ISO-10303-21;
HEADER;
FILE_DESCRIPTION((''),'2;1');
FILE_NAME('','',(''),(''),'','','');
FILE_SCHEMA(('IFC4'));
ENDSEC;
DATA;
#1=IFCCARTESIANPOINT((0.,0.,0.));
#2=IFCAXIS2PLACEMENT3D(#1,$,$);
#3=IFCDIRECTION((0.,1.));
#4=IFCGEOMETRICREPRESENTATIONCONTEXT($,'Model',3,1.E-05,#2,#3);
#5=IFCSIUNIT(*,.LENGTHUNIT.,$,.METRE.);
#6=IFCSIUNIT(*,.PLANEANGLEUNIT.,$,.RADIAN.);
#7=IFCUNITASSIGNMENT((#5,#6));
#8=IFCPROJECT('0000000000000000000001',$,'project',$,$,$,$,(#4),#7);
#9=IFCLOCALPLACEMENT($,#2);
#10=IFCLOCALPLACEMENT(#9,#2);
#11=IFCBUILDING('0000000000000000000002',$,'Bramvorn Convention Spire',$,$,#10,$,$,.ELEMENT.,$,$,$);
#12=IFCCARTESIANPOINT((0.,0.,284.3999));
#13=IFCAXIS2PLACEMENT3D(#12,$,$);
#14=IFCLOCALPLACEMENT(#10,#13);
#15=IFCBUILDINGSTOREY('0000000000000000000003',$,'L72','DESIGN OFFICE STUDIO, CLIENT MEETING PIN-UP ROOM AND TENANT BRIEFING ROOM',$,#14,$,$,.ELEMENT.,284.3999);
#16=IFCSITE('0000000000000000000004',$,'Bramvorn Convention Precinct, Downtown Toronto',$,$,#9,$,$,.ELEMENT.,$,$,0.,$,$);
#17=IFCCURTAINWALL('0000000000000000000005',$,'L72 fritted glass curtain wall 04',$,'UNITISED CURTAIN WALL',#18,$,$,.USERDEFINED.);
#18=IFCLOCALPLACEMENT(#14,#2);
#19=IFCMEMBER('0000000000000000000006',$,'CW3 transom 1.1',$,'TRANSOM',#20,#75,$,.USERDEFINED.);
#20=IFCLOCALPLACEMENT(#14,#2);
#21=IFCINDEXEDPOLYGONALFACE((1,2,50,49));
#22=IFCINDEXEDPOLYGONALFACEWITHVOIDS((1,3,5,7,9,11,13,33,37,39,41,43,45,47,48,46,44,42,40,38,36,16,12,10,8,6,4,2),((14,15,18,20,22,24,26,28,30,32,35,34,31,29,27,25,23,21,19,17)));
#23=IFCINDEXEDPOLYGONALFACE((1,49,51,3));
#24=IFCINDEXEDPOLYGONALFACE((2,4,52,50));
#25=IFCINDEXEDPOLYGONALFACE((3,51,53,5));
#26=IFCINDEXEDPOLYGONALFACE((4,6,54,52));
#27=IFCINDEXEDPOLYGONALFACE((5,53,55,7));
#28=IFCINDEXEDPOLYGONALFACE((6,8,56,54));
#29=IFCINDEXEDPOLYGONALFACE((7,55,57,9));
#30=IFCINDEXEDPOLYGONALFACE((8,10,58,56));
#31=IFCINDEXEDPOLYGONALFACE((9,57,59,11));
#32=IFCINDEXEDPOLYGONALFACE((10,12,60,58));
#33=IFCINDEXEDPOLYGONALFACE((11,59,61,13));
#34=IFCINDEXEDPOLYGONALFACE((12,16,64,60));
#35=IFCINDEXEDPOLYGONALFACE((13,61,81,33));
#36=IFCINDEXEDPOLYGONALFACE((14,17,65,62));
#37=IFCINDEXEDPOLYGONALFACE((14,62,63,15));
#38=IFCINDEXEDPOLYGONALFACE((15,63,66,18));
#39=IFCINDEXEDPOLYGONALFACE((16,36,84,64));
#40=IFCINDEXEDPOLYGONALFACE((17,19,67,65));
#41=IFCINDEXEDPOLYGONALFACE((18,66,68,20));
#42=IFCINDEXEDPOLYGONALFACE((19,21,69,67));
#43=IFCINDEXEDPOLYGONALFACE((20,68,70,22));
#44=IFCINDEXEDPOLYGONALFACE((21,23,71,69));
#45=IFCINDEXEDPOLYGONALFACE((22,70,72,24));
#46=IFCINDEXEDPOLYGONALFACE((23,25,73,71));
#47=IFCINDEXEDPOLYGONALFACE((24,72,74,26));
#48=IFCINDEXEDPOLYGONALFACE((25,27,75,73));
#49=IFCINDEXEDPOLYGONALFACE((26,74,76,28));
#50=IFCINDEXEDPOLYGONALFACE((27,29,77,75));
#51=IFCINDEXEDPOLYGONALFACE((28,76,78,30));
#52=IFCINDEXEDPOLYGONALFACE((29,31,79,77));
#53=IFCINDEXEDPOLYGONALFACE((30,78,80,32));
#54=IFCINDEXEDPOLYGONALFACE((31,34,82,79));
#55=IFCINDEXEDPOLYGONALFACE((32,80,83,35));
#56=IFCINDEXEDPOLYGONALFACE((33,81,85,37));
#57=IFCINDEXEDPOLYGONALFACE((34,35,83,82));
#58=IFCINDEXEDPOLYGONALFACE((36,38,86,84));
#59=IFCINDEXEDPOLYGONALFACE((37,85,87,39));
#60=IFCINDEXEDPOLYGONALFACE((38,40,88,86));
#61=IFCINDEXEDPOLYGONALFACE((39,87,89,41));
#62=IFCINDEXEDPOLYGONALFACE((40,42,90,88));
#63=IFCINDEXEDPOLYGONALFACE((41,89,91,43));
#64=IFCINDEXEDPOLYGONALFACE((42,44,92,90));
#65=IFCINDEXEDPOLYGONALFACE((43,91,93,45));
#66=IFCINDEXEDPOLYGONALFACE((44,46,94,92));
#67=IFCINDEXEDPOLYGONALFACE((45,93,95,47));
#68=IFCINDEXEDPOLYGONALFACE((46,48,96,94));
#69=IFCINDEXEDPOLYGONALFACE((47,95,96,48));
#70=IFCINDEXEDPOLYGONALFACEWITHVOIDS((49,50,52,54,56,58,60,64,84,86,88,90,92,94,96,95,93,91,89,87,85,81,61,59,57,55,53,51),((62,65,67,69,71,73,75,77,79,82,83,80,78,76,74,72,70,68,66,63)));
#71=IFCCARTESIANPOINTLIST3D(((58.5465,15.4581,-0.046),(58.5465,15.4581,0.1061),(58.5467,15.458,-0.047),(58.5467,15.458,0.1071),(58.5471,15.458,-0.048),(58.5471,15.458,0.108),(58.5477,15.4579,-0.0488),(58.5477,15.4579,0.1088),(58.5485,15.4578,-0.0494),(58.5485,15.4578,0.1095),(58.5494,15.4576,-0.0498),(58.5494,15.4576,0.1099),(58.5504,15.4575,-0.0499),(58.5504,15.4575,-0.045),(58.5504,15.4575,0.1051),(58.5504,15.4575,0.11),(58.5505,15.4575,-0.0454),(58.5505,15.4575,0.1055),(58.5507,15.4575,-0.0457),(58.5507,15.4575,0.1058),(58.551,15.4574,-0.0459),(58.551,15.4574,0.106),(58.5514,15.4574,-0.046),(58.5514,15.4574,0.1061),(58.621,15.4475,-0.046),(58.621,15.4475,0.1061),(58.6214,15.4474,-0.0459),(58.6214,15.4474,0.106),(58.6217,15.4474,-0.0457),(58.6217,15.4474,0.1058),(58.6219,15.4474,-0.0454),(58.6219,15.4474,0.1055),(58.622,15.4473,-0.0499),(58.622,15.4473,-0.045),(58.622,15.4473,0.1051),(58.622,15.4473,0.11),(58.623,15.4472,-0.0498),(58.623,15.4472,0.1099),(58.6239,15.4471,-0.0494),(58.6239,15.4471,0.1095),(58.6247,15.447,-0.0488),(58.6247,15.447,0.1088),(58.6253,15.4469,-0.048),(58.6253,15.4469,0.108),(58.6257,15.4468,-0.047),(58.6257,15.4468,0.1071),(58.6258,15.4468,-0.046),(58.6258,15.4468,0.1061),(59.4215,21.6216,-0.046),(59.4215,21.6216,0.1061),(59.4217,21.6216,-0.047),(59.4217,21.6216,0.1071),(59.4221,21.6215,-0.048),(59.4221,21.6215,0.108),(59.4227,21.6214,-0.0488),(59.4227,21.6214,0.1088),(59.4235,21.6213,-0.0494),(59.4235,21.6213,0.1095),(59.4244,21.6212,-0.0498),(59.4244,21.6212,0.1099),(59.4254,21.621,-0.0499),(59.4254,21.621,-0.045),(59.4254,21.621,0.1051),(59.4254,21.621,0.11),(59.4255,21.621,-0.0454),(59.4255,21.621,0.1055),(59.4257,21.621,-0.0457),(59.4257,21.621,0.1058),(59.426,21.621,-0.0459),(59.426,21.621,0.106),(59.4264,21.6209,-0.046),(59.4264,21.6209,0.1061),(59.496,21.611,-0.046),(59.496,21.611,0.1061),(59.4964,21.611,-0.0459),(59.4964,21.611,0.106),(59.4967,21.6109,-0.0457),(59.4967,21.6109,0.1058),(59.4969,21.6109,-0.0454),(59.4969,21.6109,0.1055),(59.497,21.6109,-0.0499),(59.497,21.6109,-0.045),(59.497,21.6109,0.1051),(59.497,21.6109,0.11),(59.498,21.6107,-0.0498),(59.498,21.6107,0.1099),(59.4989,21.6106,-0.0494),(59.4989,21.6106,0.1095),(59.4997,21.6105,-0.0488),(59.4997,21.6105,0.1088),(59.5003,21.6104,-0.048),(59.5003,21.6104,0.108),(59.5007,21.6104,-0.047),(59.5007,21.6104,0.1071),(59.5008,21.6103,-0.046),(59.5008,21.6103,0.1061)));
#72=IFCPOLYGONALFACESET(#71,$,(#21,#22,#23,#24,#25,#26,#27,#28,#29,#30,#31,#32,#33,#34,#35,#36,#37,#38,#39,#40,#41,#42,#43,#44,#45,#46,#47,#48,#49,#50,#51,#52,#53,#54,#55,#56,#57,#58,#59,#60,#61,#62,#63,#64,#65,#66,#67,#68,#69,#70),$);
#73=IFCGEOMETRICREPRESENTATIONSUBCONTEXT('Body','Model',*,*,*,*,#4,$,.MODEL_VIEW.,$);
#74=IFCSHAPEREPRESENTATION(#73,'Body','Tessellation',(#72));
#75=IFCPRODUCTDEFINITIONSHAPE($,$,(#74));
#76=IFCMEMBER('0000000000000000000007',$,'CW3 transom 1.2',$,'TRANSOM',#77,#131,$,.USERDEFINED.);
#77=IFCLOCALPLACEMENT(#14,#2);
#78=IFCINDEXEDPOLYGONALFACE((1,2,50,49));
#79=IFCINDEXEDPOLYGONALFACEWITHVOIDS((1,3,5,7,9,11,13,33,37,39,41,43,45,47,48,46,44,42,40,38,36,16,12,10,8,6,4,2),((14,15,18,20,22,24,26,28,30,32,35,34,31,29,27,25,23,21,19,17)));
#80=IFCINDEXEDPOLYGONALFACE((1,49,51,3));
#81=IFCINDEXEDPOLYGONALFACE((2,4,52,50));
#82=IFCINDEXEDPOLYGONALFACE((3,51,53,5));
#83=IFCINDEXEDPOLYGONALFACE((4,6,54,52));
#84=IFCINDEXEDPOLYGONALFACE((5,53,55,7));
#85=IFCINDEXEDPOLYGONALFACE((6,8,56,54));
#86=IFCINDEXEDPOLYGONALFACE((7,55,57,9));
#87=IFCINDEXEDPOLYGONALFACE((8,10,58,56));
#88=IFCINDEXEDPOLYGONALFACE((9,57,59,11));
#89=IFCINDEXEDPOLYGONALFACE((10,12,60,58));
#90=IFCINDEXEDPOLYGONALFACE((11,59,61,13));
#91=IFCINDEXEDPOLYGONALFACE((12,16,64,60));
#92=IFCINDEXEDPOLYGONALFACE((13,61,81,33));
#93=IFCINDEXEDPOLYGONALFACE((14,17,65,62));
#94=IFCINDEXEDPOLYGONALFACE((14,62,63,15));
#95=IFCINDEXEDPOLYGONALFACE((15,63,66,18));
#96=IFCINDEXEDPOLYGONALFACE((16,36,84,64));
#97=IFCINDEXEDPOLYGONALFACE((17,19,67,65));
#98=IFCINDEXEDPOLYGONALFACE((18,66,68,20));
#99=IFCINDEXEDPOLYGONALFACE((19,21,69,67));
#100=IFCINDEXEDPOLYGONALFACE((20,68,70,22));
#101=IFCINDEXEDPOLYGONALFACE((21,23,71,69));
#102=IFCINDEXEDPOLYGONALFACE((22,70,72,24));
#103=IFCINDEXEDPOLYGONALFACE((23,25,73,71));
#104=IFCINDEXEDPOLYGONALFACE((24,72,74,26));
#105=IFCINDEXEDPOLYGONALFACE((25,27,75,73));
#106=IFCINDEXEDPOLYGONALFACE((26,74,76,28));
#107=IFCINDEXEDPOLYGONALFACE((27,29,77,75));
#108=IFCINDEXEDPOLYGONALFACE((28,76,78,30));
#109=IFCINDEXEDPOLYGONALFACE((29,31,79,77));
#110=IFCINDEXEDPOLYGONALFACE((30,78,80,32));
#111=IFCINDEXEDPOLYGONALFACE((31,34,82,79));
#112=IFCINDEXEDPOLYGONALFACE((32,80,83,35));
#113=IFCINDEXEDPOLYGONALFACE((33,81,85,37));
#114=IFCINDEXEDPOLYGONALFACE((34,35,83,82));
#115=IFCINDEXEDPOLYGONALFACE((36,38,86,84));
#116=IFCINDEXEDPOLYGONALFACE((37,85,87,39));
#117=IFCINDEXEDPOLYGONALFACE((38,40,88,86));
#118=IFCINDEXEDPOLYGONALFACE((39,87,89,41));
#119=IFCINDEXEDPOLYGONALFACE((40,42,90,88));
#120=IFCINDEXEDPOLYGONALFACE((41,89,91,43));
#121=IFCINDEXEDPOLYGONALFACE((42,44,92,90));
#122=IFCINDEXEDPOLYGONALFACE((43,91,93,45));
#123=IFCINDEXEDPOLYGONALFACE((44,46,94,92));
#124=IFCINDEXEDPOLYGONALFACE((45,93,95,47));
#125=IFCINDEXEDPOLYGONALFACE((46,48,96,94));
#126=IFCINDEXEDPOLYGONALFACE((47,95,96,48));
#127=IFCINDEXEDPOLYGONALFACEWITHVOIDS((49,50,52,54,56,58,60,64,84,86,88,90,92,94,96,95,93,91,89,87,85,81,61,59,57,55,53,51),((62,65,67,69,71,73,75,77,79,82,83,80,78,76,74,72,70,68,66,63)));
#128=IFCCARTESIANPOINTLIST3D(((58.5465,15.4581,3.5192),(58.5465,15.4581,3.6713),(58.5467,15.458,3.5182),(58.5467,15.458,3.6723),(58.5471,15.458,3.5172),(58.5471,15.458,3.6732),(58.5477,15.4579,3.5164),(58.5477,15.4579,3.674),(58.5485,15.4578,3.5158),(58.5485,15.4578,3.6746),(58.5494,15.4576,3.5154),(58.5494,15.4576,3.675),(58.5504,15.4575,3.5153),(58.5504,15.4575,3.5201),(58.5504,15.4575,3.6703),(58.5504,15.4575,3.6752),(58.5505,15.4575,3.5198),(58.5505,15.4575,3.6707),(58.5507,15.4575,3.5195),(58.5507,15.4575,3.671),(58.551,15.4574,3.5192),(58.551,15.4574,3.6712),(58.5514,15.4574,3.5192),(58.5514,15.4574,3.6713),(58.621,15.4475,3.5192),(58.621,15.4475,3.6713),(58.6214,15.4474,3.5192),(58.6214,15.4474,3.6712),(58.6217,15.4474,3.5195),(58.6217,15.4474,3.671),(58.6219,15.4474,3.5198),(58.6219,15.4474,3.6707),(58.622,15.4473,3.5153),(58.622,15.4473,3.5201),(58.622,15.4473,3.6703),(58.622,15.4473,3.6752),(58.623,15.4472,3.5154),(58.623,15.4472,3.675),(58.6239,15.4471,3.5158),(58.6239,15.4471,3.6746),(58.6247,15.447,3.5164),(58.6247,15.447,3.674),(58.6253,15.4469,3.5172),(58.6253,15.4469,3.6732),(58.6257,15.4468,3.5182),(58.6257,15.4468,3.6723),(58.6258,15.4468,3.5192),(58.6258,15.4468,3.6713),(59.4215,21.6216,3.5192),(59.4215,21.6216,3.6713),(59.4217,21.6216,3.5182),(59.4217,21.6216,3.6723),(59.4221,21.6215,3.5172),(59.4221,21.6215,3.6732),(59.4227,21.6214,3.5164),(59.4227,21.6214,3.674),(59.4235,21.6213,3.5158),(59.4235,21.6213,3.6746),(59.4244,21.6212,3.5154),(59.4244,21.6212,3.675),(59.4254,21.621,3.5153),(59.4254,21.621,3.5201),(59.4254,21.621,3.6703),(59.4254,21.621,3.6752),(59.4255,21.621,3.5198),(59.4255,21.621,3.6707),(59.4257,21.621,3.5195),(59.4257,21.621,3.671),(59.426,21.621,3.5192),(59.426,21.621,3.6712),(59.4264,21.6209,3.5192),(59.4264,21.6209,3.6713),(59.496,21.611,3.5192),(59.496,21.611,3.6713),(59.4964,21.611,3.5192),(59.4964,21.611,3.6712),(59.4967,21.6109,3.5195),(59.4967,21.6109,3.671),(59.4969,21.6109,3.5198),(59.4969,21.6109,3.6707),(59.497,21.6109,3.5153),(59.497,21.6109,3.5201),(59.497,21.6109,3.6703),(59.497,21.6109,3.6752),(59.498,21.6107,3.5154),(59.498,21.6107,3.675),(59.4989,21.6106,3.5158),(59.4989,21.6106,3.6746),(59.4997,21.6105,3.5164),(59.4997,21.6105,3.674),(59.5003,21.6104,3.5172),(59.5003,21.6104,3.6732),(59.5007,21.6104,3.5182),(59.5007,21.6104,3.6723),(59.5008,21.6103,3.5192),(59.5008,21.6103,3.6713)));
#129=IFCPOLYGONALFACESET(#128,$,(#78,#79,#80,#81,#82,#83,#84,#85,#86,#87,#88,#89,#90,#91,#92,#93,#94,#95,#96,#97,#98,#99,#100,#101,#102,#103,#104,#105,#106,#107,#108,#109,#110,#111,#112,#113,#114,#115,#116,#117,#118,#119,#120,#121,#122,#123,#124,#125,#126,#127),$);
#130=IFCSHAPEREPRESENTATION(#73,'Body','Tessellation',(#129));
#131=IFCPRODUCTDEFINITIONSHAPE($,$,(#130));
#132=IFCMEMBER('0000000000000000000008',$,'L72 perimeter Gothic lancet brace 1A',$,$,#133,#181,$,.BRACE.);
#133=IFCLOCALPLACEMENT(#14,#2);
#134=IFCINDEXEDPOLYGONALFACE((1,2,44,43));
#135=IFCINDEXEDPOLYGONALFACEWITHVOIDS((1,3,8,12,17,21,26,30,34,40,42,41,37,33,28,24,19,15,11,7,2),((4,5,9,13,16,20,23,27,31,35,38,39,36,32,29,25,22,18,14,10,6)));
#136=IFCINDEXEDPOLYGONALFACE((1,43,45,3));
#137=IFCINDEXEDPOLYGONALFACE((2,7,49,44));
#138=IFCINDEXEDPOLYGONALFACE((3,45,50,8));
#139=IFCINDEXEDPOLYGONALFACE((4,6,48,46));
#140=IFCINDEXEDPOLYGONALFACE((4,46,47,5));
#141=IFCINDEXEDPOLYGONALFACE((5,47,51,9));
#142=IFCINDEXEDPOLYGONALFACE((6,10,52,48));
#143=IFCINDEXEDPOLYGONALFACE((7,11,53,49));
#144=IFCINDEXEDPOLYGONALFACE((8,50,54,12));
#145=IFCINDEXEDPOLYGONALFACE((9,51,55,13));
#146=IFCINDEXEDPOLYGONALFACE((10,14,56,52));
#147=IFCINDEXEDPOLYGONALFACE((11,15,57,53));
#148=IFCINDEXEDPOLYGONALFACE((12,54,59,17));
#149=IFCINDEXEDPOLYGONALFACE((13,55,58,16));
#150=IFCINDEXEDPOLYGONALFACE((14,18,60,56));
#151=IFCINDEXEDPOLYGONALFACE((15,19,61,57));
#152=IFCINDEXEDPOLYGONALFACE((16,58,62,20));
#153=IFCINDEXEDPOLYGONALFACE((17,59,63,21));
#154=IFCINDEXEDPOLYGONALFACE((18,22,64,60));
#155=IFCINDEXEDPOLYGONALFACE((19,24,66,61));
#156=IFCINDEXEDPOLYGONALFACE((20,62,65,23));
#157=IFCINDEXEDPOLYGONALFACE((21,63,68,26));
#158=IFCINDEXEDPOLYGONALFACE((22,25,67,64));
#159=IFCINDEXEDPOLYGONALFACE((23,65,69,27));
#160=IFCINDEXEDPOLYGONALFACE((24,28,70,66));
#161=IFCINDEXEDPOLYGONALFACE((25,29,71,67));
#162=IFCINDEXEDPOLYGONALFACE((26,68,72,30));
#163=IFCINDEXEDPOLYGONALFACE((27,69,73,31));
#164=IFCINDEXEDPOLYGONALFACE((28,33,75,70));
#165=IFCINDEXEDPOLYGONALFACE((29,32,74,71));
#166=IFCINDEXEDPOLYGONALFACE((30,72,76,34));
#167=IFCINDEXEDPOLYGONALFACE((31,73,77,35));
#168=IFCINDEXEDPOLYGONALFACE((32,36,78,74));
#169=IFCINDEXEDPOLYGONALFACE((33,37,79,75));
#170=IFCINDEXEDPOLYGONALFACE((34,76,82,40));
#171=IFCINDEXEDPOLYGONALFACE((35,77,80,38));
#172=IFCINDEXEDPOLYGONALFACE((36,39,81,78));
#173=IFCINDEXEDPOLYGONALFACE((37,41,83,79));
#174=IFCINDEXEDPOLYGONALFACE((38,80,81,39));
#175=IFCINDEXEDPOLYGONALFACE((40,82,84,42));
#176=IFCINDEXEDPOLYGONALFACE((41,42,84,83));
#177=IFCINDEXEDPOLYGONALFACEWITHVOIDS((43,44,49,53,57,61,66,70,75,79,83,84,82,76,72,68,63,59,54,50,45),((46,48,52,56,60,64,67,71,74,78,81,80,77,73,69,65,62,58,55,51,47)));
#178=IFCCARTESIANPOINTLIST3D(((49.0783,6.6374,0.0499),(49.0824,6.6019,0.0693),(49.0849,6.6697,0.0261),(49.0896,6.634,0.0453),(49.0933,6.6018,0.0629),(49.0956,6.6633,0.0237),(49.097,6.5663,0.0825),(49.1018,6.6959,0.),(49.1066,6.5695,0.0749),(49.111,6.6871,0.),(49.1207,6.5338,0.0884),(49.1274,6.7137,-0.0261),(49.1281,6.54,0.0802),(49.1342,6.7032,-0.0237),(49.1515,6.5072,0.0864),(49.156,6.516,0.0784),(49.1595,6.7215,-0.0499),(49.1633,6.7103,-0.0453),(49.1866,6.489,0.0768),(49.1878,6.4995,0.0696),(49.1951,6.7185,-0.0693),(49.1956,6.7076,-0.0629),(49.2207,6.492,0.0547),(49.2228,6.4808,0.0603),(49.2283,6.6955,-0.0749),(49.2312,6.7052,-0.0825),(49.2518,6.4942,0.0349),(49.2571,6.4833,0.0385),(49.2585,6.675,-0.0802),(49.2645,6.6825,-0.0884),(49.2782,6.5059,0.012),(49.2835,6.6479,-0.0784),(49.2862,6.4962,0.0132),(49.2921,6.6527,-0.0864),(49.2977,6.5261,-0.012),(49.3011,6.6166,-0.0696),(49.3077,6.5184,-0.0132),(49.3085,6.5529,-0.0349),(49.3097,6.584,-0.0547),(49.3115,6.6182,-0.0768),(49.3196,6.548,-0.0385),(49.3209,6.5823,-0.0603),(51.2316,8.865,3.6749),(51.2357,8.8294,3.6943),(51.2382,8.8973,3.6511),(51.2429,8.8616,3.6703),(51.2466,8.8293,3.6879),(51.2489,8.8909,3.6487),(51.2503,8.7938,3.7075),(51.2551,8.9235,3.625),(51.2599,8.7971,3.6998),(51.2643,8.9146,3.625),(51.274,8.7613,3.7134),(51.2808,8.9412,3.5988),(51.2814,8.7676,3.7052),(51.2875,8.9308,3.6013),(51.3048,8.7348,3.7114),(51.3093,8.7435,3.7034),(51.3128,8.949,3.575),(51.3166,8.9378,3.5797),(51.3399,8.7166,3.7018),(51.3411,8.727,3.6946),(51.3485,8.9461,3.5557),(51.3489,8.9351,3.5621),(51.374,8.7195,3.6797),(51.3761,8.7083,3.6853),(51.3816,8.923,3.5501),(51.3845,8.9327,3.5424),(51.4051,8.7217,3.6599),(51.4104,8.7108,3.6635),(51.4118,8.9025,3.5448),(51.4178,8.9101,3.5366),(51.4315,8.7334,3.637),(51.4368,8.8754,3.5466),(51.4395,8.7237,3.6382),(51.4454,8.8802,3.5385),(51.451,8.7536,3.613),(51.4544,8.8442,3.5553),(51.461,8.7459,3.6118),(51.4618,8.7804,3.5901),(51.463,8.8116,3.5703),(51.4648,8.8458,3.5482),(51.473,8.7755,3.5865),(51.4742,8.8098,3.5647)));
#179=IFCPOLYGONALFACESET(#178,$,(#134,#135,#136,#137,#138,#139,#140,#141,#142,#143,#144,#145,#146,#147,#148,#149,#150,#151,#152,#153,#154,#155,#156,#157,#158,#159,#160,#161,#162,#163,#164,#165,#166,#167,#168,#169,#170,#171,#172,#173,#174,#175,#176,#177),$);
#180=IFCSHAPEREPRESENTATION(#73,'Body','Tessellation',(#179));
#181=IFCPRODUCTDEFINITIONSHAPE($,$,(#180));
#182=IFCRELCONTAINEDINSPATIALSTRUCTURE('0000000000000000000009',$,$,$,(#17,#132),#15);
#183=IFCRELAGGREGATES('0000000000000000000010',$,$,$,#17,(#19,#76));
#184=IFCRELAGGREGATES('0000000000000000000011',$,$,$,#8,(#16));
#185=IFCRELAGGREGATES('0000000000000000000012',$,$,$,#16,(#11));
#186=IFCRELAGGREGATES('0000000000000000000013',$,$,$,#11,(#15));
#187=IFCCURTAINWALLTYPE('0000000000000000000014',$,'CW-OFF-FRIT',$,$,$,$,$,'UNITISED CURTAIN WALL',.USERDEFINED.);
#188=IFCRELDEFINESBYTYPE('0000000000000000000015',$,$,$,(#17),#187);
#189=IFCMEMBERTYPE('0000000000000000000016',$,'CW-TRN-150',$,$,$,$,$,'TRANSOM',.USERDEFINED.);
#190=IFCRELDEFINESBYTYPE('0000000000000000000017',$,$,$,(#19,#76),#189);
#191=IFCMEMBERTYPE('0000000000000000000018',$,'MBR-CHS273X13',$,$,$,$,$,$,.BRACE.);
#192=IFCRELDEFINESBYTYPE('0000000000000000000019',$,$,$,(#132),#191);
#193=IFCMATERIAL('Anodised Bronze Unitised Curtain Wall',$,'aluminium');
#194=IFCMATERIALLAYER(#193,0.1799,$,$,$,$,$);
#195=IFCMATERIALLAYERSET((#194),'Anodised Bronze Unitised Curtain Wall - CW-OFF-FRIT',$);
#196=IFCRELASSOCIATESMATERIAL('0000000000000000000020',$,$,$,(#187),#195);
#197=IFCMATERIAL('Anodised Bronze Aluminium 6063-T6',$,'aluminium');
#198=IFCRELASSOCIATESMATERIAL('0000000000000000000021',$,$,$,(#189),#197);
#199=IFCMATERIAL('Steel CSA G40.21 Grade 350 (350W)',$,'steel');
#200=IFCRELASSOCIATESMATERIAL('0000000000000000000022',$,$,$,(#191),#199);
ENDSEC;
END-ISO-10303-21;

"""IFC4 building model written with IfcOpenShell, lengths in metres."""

from ifc_helpers import new_model, si_unit, direction, frame, origin, origin_2d, place, context, subcontext, project, spatial, hollow_rectangle, hollow_circle, extrude, material, layer, layer_set, material_profile, profile_set, type_object, element, aggregate, save


model = new_model("IFC4")

# Units and contexts
model_context = context("Model", 3, precision=1e-05, world=origin(), true_north=direction((0.0, 1.0)))
body_context = subcontext(model_context, "Body", "Model", "MODEL_VIEW")
ifc_project = project(units=[si_unit("LENGTHUNIT", "METRE"), si_unit("PLANEANGLEUNIT", "RADIAN")], contexts=[model_context])

# Site, building, storey
site_placement = place(None, origin())
site = spatial("IfcSite", under=ifc_project, at=site_placement, Name="Bramvorn Convention Precinct, Downtown Toronto", CompositionType="ELEMENT", RefElevation=0.0)
building_placement = place(site_placement, origin())
building = spatial("IfcBuilding", under=site, at=building_placement, Name="Bramvorn Convention Spire", CompositionType="ELEMENT")
storey_placement = place(building_placement, frame((0.0, 0.0, 284.3999)))
storey = spatial("IfcBuildingStorey", under=building, at=storey_placement, Name="L72", Description="DESIGN OFFICE STUDIO, CLIENT MEETING PIN-UP ROOM AND TENANT BRIEFING ROOM", CompositionType="ELEMENT", Elevation=284.3999)

# Shared definitions
ifc_material_1 = material(Name="Steel CSA G40.21 Grade 350 (350W)", Category="steel")

# Curtain wall
ifc_material_2 = material(Name="Anodised Bronze Unitised Curtain Wall", Category="aluminium")
ifc_layer_1 = layer(ifc_material_2, 0.1799)
ifc_layer_set_1 = layer_set([ifc_layer_1], Name="Anodised Bronze Unitised Curtain Wall - CW-OFF-FRIT")
curtain_wall_type = type_object("IfcCurtainWallType", Name="CW-OFF-FRIT", ElementType="UNITISED CURTAIN WALL", PredefinedType="USERDEFINED", material=ifc_layer_set_1)
curtain_wall_1_placement = place(storey_placement, origin())
curtain_wall_1 = element("IfcCurtainWall", 1, at=curtain_wall_1_placement, inside=storey, type_object=curtain_wall_type, Name="L72 fritted glass curtain wall 04", ObjectType="UNITISED CURTAIN WALL", PredefinedType="USERDEFINED")
ifc_material_3 = material(Name="Anodised Bronze Aluminium 6063-T6", Category="aluminium")

# Members
ifc_material_profile_1 = material_profile(ifc_material_3, hollow_rectangle(XDim=0.0801, YDim=0.1599, WallThickness=0.0039, InnerFilletRadius=0.001, OuterFilletRadius=0.0039, at=origin_2d()))
ifc_profile_set_1 = profile_set([ifc_material_profile_1], Name="Anodised Bronze Aluminium 6063-T6 - CWT80X160")
member_type_1 = type_object("IfcMemberType", Name="CW-TRN-150", ElementType="TRANSOM", PredefinedType="USERDEFINED", material=ifc_profile_set_1)
member_1_placement = place(storey_placement, frame((59.4612, 21.616, 0.03), z_axis=(-0.140554, -0.990073, 0.0), x_axis=(0.990073, -0.140554, 0.0)))
member_1 = element("IfcMember", 2, at=member_1_placement, type_object=member_type_1, Name="CW3 transom 1.1", ObjectType="TRANSOM", PredefinedType="USERDEFINED", context=body_context, shape_type="SweptSolid", body=[
    extrude(hollow_rectangle(XDim=0.0801, YDim=0.1599, WallThickness=0.0039, InnerFilletRadius=0.001, OuterFilletRadius=0.0039, at=origin_2d()), origin(), (0.0, 0.0, 1.0), 6.2253),
])
member_2_placement = place(storey_placement, frame((59.4612, 21.616, 3.5952), z_axis=(-0.140554, -0.990073, 0.0), x_axis=(0.990073, -0.140554, 0.0)))
member_2 = element("IfcMember", 3, at=member_2_placement, type_object=member_type_1, Name="CW3 transom 1.2", ObjectType="TRANSOM", PredefinedType="USERDEFINED", context=body_context, shape_type="SweptSolid", body=[
    extrude(hollow_rectangle(XDim=0.0801, YDim=0.1599, WallThickness=0.0039, InnerFilletRadius=0.001, OuterFilletRadius=0.0039, at=origin_2d()), origin(), (0.0, 0.0, 1.0), 6.2253),
])

# Member
ifc_material_profile_2 = material_profile(ifc_material_1, hollow_circle(Radius=0.1365, WallThickness=0.0127, at=origin_2d()))
ifc_profile_set_2 = profile_set([ifc_material_profile_2], Name="Steel CSA G40.21 Grade 350 (350W) - CHS273X13")
member_type_2 = type_object("IfcMemberType", Name="MBR-CHS273X13", PredefinedType="BRACE", material=ifc_profile_set_2)
for number, where, z_axis, x_axis, name in (
    (4, (49.2, 6.6011, 0.0), (0.451564, 0.467129, 0.760185), (-0.718983, 0.695028, 0.0), "L72 perimeter Gothic lancet brace 1A"),
):
    element("IfcMember", number, at=place(storey_placement, frame(where, z_axis=z_axis, x_axis=x_axis)), inside=storey, type_object=member_type_2, Name=name, PredefinedType="BRACE", context=body_context, shape_type="SweptSolid", body=[
        extrude(hollow_circle(Radius=0.1365, WallThickness=0.0127, at=origin_2d()), origin(), (0.0, 0.0, 1.0), 4.7686),
    ])

aggregate(curtain_wall_1, [member_1, member_2])

save(model, "model.ifc")
